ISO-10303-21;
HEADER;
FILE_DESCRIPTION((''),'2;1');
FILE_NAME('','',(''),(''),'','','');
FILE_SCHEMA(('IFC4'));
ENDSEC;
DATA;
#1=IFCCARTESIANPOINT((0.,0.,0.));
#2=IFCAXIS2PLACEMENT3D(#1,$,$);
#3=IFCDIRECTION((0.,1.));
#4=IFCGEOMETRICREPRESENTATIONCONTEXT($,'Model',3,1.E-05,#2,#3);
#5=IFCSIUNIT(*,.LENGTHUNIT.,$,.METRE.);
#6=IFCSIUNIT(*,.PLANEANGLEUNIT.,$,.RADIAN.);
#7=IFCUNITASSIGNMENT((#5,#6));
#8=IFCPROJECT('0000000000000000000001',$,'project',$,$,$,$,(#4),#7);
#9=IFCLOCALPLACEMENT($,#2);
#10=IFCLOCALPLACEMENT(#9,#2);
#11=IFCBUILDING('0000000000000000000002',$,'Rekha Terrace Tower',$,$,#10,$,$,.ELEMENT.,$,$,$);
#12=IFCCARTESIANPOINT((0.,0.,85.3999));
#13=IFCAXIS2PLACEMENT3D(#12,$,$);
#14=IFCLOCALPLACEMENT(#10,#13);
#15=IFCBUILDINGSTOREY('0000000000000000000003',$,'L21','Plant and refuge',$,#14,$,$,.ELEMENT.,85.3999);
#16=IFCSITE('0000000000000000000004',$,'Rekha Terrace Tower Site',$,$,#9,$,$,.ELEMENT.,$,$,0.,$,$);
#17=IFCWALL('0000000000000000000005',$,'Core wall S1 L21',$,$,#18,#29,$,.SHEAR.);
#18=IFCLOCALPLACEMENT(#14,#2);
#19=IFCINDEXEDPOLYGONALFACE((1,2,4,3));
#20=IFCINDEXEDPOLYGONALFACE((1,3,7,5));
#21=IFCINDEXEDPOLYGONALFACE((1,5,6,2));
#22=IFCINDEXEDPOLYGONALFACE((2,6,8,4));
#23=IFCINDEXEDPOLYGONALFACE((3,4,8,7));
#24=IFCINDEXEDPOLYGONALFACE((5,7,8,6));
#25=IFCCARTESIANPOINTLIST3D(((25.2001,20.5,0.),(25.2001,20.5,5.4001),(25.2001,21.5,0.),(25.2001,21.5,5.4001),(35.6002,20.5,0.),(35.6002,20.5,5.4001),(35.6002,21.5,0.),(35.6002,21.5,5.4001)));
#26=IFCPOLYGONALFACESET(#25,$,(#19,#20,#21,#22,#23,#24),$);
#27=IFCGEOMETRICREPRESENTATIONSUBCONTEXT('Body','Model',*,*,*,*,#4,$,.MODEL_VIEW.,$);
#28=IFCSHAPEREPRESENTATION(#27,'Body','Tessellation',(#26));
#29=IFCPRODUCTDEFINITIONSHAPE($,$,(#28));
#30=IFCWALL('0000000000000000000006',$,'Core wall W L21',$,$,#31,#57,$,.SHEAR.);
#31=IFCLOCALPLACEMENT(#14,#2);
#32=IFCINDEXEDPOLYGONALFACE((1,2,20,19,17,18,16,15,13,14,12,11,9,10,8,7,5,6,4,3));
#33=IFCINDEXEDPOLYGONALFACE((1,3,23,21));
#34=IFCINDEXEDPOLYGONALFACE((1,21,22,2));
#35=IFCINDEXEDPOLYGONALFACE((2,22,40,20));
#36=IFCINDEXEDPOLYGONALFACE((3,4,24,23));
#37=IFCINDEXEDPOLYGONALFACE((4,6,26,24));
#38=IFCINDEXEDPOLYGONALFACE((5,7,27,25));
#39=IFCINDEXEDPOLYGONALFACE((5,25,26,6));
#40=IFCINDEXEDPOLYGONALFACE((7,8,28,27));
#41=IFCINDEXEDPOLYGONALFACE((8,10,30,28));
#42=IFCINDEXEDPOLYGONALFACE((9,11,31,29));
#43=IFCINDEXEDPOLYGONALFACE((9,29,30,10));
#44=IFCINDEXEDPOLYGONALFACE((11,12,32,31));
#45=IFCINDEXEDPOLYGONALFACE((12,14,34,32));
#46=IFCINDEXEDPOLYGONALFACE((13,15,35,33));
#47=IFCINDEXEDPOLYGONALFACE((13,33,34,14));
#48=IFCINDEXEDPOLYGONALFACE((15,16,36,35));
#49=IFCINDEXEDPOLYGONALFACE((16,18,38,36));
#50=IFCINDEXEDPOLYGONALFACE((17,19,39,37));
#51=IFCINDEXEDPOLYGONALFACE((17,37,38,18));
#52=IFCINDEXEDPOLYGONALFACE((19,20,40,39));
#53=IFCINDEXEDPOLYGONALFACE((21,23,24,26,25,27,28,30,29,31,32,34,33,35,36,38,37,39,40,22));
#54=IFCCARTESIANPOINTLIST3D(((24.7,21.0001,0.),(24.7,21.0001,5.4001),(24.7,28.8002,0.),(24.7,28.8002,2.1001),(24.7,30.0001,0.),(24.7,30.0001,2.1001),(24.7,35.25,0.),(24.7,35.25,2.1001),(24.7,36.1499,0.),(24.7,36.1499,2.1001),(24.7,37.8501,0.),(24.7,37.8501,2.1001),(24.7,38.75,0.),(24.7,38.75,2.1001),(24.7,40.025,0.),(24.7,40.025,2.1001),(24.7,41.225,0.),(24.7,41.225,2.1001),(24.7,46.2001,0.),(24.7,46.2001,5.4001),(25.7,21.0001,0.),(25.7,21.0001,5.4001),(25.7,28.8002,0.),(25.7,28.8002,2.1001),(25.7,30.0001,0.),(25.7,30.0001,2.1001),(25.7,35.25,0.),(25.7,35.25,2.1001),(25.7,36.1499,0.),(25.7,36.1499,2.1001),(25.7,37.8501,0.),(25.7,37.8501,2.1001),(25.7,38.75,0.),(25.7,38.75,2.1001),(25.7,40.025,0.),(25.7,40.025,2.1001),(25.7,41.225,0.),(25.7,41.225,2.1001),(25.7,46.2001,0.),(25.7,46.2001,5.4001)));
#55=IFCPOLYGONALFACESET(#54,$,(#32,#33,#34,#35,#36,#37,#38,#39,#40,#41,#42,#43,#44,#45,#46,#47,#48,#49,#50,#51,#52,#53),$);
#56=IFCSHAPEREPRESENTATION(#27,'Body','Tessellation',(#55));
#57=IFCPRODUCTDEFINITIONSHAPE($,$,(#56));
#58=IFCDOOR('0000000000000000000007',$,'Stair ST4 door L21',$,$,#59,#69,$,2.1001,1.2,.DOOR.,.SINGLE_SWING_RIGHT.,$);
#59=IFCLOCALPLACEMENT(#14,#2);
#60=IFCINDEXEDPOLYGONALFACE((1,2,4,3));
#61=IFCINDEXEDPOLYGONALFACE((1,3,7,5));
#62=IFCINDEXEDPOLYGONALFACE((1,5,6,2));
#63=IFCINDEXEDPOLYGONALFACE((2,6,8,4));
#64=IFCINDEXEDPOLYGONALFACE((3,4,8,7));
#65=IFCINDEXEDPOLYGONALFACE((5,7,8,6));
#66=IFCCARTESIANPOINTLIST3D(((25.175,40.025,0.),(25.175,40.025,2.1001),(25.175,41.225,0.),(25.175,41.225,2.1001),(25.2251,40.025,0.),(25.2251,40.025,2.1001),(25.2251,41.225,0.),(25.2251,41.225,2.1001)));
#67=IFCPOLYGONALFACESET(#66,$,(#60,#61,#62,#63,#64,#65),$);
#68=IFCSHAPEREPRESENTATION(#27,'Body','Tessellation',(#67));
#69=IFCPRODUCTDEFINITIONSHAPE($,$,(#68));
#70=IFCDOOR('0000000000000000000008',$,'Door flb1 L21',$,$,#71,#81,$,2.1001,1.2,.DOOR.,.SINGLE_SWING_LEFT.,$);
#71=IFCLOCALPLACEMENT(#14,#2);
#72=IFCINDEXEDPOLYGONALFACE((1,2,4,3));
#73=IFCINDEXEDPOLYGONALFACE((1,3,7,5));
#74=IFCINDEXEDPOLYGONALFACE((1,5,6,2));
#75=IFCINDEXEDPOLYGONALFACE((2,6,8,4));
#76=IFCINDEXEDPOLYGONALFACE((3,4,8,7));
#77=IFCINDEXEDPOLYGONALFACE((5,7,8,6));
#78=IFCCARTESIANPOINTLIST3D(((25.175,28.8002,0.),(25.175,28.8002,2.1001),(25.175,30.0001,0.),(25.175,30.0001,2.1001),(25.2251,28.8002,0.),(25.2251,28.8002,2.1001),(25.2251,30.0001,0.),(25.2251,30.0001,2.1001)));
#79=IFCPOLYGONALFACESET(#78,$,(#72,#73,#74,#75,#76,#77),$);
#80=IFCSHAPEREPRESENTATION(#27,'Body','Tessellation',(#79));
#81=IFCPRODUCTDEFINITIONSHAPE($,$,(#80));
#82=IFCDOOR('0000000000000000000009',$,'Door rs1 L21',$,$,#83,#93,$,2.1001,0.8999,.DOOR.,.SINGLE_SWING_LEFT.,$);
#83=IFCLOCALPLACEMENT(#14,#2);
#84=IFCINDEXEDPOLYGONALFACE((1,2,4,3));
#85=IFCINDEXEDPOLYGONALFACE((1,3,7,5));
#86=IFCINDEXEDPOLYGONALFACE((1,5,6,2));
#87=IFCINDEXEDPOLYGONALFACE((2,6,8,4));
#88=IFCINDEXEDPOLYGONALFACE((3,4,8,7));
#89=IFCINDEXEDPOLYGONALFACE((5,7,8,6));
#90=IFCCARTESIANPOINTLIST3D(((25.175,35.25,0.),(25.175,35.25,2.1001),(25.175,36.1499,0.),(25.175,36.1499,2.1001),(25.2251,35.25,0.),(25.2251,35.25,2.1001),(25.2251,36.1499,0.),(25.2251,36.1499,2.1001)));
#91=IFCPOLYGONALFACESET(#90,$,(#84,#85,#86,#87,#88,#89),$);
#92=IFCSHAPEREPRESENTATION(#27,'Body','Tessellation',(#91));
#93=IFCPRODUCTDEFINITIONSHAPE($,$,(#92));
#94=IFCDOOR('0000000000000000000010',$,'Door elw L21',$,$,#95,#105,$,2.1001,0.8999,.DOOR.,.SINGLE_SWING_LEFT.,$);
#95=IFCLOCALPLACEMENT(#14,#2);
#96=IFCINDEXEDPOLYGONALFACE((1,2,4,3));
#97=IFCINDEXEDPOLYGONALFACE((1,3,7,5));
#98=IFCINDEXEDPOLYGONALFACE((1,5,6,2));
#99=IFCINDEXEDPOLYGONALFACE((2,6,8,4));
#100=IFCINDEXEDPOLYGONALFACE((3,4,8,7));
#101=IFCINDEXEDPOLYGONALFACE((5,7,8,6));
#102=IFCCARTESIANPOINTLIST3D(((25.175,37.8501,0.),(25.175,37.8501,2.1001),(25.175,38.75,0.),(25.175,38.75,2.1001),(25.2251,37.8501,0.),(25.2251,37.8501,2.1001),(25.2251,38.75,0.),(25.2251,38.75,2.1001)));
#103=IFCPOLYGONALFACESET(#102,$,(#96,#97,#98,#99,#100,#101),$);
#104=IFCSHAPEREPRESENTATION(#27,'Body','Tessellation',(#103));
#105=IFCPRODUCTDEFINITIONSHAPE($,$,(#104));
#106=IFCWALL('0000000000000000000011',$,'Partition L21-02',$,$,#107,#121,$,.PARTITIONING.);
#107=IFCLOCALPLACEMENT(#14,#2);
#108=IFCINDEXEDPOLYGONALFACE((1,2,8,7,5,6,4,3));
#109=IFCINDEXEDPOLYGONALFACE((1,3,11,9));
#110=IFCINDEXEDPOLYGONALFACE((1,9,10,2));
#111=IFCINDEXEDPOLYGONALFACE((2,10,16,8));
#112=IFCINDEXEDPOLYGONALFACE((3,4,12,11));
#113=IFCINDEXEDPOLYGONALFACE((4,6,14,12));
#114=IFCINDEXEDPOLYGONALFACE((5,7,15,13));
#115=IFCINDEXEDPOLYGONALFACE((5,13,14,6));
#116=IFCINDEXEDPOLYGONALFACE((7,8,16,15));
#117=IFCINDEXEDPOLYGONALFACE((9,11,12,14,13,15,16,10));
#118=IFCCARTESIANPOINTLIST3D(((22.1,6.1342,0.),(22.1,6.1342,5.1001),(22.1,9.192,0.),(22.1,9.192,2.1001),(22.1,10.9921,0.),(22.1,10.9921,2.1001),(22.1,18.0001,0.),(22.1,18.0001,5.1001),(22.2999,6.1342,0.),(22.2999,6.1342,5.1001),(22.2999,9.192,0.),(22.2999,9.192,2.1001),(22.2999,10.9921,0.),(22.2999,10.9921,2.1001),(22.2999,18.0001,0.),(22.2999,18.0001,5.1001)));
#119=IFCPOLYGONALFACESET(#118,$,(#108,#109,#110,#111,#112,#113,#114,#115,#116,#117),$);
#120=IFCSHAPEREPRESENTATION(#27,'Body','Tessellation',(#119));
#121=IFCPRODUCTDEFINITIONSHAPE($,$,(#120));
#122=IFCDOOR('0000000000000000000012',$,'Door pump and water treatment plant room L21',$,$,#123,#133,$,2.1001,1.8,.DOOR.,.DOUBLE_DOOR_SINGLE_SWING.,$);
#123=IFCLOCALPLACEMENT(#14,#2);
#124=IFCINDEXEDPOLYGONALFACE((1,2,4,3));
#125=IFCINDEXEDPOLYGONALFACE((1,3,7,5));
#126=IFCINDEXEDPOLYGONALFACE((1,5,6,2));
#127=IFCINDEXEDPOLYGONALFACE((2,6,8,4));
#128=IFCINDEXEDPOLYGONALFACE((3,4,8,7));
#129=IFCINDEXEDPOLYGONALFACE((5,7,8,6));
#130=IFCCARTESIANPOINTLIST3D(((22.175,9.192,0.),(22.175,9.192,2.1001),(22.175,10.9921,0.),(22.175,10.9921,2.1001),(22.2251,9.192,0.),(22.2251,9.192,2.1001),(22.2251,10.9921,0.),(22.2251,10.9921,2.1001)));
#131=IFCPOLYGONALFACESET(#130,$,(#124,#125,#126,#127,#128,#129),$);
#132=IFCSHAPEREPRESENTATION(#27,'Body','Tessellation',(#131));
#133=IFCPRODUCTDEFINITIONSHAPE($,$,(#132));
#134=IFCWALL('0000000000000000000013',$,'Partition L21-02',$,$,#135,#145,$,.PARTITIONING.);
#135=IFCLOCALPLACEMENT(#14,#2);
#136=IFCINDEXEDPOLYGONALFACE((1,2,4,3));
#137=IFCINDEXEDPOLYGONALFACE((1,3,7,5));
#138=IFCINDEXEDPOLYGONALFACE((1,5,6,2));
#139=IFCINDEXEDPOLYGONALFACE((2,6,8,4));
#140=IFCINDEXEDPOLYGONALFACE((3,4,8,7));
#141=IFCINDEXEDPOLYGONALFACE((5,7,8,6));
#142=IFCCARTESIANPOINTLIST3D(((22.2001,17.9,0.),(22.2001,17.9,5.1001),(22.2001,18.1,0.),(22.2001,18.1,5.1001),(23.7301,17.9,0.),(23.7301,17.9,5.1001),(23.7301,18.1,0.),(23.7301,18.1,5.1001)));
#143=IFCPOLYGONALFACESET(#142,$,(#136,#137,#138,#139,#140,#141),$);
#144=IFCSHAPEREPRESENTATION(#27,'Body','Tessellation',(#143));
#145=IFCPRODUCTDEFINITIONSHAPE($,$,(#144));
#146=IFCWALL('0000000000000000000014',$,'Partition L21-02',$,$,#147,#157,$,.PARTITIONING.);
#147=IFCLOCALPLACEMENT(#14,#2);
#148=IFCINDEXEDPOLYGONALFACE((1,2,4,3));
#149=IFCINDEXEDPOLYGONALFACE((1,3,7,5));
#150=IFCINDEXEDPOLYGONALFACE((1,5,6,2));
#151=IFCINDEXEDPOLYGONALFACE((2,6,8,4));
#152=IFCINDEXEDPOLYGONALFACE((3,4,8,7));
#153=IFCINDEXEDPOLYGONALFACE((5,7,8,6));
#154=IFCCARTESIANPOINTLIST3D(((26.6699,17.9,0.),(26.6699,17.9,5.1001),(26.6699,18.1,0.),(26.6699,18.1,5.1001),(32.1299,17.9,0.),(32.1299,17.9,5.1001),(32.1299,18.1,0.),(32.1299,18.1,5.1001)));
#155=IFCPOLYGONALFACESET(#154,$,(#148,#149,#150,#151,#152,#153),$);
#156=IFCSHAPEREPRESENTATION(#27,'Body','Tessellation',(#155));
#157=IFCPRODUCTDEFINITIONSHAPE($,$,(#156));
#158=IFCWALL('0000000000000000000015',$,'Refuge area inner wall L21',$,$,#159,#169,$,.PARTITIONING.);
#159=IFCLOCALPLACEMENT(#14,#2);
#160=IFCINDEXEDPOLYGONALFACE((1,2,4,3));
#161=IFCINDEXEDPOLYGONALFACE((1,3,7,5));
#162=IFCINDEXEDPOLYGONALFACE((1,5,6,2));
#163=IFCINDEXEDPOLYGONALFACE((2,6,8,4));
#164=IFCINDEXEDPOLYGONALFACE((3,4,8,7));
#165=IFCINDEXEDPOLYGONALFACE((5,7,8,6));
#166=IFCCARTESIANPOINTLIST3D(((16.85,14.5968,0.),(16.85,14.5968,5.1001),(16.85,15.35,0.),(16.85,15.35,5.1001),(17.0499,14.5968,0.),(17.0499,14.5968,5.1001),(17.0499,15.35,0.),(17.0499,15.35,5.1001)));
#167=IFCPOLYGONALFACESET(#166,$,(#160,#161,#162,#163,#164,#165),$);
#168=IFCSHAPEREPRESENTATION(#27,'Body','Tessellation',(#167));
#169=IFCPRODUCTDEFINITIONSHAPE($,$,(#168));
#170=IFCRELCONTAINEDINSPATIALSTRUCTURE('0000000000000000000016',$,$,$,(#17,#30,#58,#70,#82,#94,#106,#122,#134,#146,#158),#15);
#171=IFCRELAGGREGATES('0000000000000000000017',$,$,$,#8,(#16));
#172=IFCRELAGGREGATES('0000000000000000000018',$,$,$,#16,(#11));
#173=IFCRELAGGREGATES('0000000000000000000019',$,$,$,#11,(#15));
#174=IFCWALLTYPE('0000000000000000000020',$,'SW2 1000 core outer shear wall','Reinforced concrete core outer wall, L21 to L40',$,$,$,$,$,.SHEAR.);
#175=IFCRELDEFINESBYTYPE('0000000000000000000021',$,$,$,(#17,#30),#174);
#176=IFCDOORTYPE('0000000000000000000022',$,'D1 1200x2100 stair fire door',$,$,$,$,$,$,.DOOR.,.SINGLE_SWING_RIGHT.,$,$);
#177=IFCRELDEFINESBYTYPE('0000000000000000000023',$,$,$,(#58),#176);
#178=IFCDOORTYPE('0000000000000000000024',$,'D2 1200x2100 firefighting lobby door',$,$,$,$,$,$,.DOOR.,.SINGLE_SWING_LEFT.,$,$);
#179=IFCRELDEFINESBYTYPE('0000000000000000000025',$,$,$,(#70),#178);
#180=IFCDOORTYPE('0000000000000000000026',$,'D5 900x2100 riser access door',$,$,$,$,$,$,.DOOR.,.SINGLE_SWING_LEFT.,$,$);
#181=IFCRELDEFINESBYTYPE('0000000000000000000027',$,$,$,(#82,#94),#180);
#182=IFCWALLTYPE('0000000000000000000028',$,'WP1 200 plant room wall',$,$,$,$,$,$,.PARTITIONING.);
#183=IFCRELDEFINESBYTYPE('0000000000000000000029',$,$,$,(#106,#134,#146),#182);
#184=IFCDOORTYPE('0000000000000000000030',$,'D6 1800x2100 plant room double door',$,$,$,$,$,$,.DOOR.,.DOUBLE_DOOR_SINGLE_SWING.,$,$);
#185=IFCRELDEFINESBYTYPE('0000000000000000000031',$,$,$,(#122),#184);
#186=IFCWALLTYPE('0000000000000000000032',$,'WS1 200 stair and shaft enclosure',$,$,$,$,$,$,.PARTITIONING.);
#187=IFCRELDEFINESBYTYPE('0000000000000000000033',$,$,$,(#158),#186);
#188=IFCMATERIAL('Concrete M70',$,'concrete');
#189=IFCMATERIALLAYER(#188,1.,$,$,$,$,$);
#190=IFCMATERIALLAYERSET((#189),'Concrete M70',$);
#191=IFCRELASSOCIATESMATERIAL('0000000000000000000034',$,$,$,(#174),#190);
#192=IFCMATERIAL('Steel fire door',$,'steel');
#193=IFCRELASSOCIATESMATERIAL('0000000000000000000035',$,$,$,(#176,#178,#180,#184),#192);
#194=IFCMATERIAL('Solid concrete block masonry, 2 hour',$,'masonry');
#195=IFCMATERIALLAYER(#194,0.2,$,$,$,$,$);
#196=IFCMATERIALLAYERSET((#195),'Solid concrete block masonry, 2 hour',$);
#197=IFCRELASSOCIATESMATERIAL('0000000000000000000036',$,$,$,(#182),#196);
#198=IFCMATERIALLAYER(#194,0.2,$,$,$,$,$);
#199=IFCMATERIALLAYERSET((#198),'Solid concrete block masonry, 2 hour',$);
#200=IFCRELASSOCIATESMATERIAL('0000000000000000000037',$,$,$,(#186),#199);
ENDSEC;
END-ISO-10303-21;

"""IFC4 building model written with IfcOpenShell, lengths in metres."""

from ifc_helpers import new_model, si_unit, direction, frame, frame_2d, origin, place, context, subcontext, project, spatial, rectangle, extrude, material, layer, layer_set, type_object, element, fill, save


model = new_model("IFC4")

# Units and contexts
model_context = context("Model", 3, precision=1e-05, world=origin(), true_north=direction((0.0, 1.0)))
body_context = subcontext(model_context, "Body", "Model", "MODEL_VIEW")
ifc_project = project(units=[si_unit("LENGTHUNIT", "METRE"), si_unit("PLANEANGLEUNIT", "RADIAN")], contexts=[model_context])

# Site, building, storey
site_placement = place(None, origin())
site = spatial("IfcSite", under=ifc_project, at=site_placement, Name="Rekha Terrace Tower Site", CompositionType="ELEMENT", RefElevation=0.0)
building_placement = place(site_placement, origin())
building = spatial("IfcBuilding", under=site, at=building_placement, Name="Rekha Terrace Tower", CompositionType="ELEMENT")
storey_placement = place(building_placement, frame((0.0, 0.0, 85.3999)))
storey = spatial("IfcBuildingStorey", under=building, at=storey_placement, Name="L21", Description="Plant and refuge", CompositionType="ELEMENT", Elevation=85.3999)

# Shared definitions
ifc_material_1 = material(Name="Concrete M70", Category="concrete")

# Wall
ifc_layer_1 = layer(ifc_material_1, 1.0)
ifc_layer_set_1 = layer_set([ifc_layer_1], Name="Concrete M70")
wall_type_1 = type_object("IfcWallType", Name="SW2 1000 core outer shear wall", Description="Reinforced concrete core outer wall, L21 to L40", PredefinedType="SHEAR", material=ifc_layer_set_1)
wall_1_placement = place(storey_placement, frame((25.2, 21.0, 0.0), z_axis=(0.0, 0.0, 1.0), x_axis=(1.0, 0.0, 0.0)))
element("IfcWall", 1, at=wall_1_placement, inside=storey, type_object=wall_type_1, Name="Core wall S1 L21", PredefinedType="SHEAR", context=body_context, shape_type="SweptSolid", body=[
    extrude(rectangle(XDim=10.4001, YDim=1.0, at=frame_2d((5.2002, 0.0))), origin(), (0.0, 0.0, 1.0), 5.4001),
])

# Wall, openings, doors
wall_2_placement = place(storey_placement, frame((25.2, 21.0, 0.0), z_axis=(0.0, 0.0, 1.0), x_axis=(0.0, 1.0, 0.0)))
wall_2 = element("IfcWall", 2, at=wall_2_placement, inside=storey, type_object=wall_type_1, Name="Core wall W L21", PredefinedType="SHEAR", context=body_context, shape_type="SweptSolid", body=[
    extrude(rectangle(XDim=25.2, YDim=1.0, at=frame_2d((12.6001, 0.0))), origin(), (0.0, 0.0, 1.0), 5.4001),
])
opening_1_placement = place(wall_2_placement, frame((7.8, 0.0, 0.0)))
opening_1 = element("IfcOpeningElement", 3, at=opening_1_placement, cuts=wall_2, PredefinedType="OPENING", context=body_context, shape_type="SweptSolid", body=[
    extrude(rectangle(XDim=1.2, YDim=2.1001, at=frame_2d((0.6001, 1.05))), frame((0.0, 0.51, 0.0), z_axis=(0.0, -1.0, 0.0), x_axis=(1.0, 0.0, 0.0)), (0.0, 0.0, 1.0), 1.02),
])
opening_2_placement = place(wall_2_placement, frame((14.25, 0.0, 0.0)))
opening_2 = element("IfcOpeningElement", 4, at=opening_2_placement, cuts=wall_2, PredefinedType="OPENING", context=body_context, shape_type="SweptSolid", body=[
    extrude(rectangle(XDim=0.8999, YDim=2.1001, at=frame_2d((0.45, 1.05))), frame((0.0, 0.51, 0.0), z_axis=(0.0, -1.0, 0.0), x_axis=(1.0, 0.0, 0.0)), (0.0, 0.0, 1.0), 1.02),
])
opening_3_placement = place(wall_2_placement, frame((16.8501, 0.0, 0.0)))
opening_3 = element("IfcOpeningElement", 5, at=opening_3_placement, cuts=wall_2, PredefinedType="OPENING", context=body_context, shape_type="SweptSolid", body=[
    extrude(rectangle(XDim=0.8999, YDim=2.1001, at=frame_2d((0.45, 1.05))), frame((0.0, 0.51, 0.0), z_axis=(0.0, -1.0, 0.0), x_axis=(1.0, 0.0, 0.0)), (0.0, 0.0, 1.0), 1.02),
])
opening_4_placement = place(wall_2_placement, frame((19.0249, 0.0, 0.0)))
opening_4 = element("IfcOpeningElement", 6, at=opening_4_placement, cuts=wall_2, PredefinedType="OPENING", context=body_context, shape_type="SweptSolid", body=[
    extrude(rectangle(XDim=1.2, YDim=2.1001, at=frame_2d((0.6001, 1.05))), frame((0.0, 0.51, 0.0), z_axis=(0.0, -1.0, 0.0), x_axis=(1.0, 0.0, 0.0)), (0.0, 0.0, 1.0), 1.02),
])
ifc_material_2 = material(Name="Steel fire door", Category="steel")
door_type_1 = type_object("IfcDoorType", Name="D1 1200x2100 stair fire door", OperationType="SINGLE_SWING_RIGHT", PredefinedType="DOOR", material=ifc_material_2)
door_1_placement = place(opening_4_placement, origin())
door_1 = element("IfcDoor", 7, at=door_1_placement, inside=storey, type_object=door_type_1, Name="Stair ST4 door L21", OperationType="SINGLE_SWING_RIGHT", OverallHeight=2.1001, OverallWidth=1.2, PredefinedType="DOOR", context=body_context, shape_type="SweptSolid", body=[
    extrude(rectangle(XDim=1.2, YDim=2.1001, at=frame_2d((0.6001, 1.05))), frame((0.0, 0.0249, 0.0), z_axis=(0.0, -1.0, 0.0), x_axis=(1.0, 0.0, 0.0)), (0.0, 0.0, 1.0), 0.05),
])
fill(opening_4, door_1)
door_type_2 = type_object("IfcDoorType", Name="D2 1200x2100 firefighting lobby door", OperationType="SINGLE_SWING_LEFT", PredefinedType="DOOR", material=ifc_material_2)
door_2_placement = place(opening_1_placement, origin())
door_2 = element("IfcDoor", 8, at=door_2_placement, inside=storey, type_object=door_type_2, Name="Door flb1 L21", OperationType="SINGLE_SWING_LEFT", OverallHeight=2.1001, OverallWidth=1.2, PredefinedType="DOOR", context=body_context, shape_type="SweptSolid", body=[
    extrude(rectangle(XDim=1.2, YDim=2.1001, at=frame_2d((0.6001, 1.05))), frame((0.0, 0.0249, 0.0), z_axis=(0.0, -1.0, 0.0), x_axis=(1.0, 0.0, 0.0)), (0.0, 0.0, 1.0), 0.05),
])
fill(opening_1, door_2)
door_type_3 = type_object("IfcDoorType", Name="D5 900x2100 riser access door", OperationType="SINGLE_SWING_LEFT", PredefinedType="DOOR", material=ifc_material_2)
door_3_placement = place(opening_2_placement, origin())
door_3 = element("IfcDoor", 9, at=door_3_placement, inside=storey, type_object=door_type_3, Name="Door rs1 L21", OperationType="SINGLE_SWING_LEFT", OverallHeight=2.1001, OverallWidth=0.8999, PredefinedType="DOOR", context=body_context, shape_type="SweptSolid", body=[
    extrude(rectangle(XDim=0.8999, YDim=2.1001, at=frame_2d((0.45, 1.05))), frame((0.0, 0.0249, 0.0), z_axis=(0.0, -1.0, 0.0), x_axis=(1.0, 0.0, 0.0)), (0.0, 0.0, 1.0), 0.05),
])
fill(opening_2, door_3)
door_4_placement = place(opening_3_placement, origin())
door_4 = element("IfcDoor", 10, at=door_4_placement, inside=storey, type_object=door_type_3, Name="Door elw L21", OperationType="SINGLE_SWING_LEFT", OverallHeight=2.1001, OverallWidth=0.8999, PredefinedType="DOOR", context=body_context, shape_type="SweptSolid", body=[
    extrude(rectangle(XDim=0.8999, YDim=2.1001, at=frame_2d((0.45, 1.05))), frame((0.0, 0.0249, 0.0), z_axis=(0.0, -1.0, 0.0), x_axis=(1.0, 0.0, 0.0)), (0.0, 0.0, 1.0), 0.05),
])
fill(opening_3, door_4)

# Wall, opening, door
ifc_material_3 = material(Name="Solid concrete block masonry, 2 hour", Category="masonry")
ifc_layer_2 = layer(ifc_material_3, 0.2)
ifc_layer_set_2 = layer_set([ifc_layer_2], Name="Solid concrete block masonry, 2 hour")
wall_type_2 = type_object("IfcWallType", Name="WP1 200 plant room wall", PredefinedType="PARTITIONING", material=ifc_layer_set_2)
wall_3_placement = place(storey_placement, frame((22.2, 6.134, 0.0), z_axis=(0.0, 0.0, 1.0), x_axis=(0.0, 1.0, 0.0)))
wall_3 = element("IfcWall", 11, at=wall_3_placement, inside=storey, type_object=wall_type_2, Name="Partition L21-02", PredefinedType="PARTITIONING", context=body_context, shape_type="SweptSolid", body=[
    extrude(rectangle(XDim=11.866, YDim=0.2, at=frame_2d((5.9331, 0.0))), origin(), (0.0, 0.0, 1.0), 5.1001),
])
opening_5_placement = place(wall_3_placement, frame((3.0581, 0.0, 0.0)))
opening_5 = element("IfcOpeningElement", 12, at=opening_5_placement, cuts=wall_3, PredefinedType="OPENING", context=body_context, shape_type="SweptSolid", body=[
    extrude(rectangle(XDim=1.8, YDim=2.1001, at=frame_2d((0.8999, 1.05))), frame((0.0, 0.1099, 0.0), z_axis=(0.0, -1.0, 0.0), x_axis=(1.0, 0.0, 0.0)), (0.0, 0.0, 1.0), 0.22),
])
door_type_4 = type_object("IfcDoorType", Name="D6 1800x2100 plant room double door", OperationType="DOUBLE_DOOR_SINGLE_SWING", PredefinedType="DOOR", material=ifc_material_2)
door_5_placement = place(opening_5_placement, origin())
door_5 = element("IfcDoor", 13, at=door_5_placement, inside=storey, type_object=door_type_4, Name="Door pump and water treatment plant room L21", OperationType="DOUBLE_DOOR_SINGLE_SWING", OverallHeight=2.1001, OverallWidth=1.8, PredefinedType="DOOR", context=body_context, shape_type="SweptSolid", body=[
    extrude(rectangle(XDim=1.8, YDim=2.1001, at=frame_2d((0.8999, 1.05))), frame((0.0, 0.0249, 0.0), z_axis=(0.0, -1.0, 0.0), x_axis=(1.0, 0.0, 0.0)), (0.0, 0.0, 1.0), 0.05),
])
fill(opening_5, door_5)

# Walls
wall_4_placement = place(storey_placement, frame((22.2, 18.0, 0.0), z_axis=(0.0, 0.0, 1.0), x_axis=(1.0, 0.0, 0.0)))
element("IfcWall", 14, at=wall_4_placement, inside=storey, type_object=wall_type_2, Name="Partition L21-02", PredefinedType="PARTITIONING", context=body_context, shape_type="SweptSolid", body=[
    extrude(rectangle(XDim=1.53, YDim=0.2, at=frame_2d((0.7651, 0.0))), origin(), (0.0, 0.0, 1.0), 5.1001),
])
wall_5_placement = place(storey_placement, frame((26.6699, 18.0, 0.0), z_axis=(0.0, 0.0, 1.0), x_axis=(1.0, 0.0, 0.0)))
element("IfcWall", 15, at=wall_5_placement, inside=storey, type_object=wall_type_2, Name="Partition L21-02", PredefinedType="PARTITIONING", context=body_context, shape_type="SweptSolid", body=[
    extrude(rectangle(XDim=5.46, YDim=0.2, at=frame_2d((2.73, 0.0))), origin(), (0.0, 0.0, 1.0), 5.1001),
])
ifc_layer_3 = layer(ifc_material_3, 0.2)
ifc_layer_set_3 = layer_set([ifc_layer_3], Name="Solid concrete block masonry, 2 hour")
wall_type_3 = type_object("IfcWallType", Name="WS1 200 stair and shaft enclosure", PredefinedType="PARTITIONING", material=ifc_layer_set_3)
wall_6_placement = place(storey_placement, frame((16.95, 14.5969, 0.0), z_axis=(0.0, 0.0, 1.0), x_axis=(0.0, 1.0, 0.0)))
element("IfcWall", 16, at=wall_6_placement, inside=storey, type_object=wall_type_3, Name="Refuge area inner wall L21", PredefinedType="PARTITIONING", context=body_context, shape_type="SweptSolid", body=[
    extrude(rectangle(XDim=0.7532, YDim=0.2, at=frame_2d((0.3765, 0.0))), origin(), (0.0, 0.0, 1.0), 5.1001),
])

save(model, "model.ifc")
